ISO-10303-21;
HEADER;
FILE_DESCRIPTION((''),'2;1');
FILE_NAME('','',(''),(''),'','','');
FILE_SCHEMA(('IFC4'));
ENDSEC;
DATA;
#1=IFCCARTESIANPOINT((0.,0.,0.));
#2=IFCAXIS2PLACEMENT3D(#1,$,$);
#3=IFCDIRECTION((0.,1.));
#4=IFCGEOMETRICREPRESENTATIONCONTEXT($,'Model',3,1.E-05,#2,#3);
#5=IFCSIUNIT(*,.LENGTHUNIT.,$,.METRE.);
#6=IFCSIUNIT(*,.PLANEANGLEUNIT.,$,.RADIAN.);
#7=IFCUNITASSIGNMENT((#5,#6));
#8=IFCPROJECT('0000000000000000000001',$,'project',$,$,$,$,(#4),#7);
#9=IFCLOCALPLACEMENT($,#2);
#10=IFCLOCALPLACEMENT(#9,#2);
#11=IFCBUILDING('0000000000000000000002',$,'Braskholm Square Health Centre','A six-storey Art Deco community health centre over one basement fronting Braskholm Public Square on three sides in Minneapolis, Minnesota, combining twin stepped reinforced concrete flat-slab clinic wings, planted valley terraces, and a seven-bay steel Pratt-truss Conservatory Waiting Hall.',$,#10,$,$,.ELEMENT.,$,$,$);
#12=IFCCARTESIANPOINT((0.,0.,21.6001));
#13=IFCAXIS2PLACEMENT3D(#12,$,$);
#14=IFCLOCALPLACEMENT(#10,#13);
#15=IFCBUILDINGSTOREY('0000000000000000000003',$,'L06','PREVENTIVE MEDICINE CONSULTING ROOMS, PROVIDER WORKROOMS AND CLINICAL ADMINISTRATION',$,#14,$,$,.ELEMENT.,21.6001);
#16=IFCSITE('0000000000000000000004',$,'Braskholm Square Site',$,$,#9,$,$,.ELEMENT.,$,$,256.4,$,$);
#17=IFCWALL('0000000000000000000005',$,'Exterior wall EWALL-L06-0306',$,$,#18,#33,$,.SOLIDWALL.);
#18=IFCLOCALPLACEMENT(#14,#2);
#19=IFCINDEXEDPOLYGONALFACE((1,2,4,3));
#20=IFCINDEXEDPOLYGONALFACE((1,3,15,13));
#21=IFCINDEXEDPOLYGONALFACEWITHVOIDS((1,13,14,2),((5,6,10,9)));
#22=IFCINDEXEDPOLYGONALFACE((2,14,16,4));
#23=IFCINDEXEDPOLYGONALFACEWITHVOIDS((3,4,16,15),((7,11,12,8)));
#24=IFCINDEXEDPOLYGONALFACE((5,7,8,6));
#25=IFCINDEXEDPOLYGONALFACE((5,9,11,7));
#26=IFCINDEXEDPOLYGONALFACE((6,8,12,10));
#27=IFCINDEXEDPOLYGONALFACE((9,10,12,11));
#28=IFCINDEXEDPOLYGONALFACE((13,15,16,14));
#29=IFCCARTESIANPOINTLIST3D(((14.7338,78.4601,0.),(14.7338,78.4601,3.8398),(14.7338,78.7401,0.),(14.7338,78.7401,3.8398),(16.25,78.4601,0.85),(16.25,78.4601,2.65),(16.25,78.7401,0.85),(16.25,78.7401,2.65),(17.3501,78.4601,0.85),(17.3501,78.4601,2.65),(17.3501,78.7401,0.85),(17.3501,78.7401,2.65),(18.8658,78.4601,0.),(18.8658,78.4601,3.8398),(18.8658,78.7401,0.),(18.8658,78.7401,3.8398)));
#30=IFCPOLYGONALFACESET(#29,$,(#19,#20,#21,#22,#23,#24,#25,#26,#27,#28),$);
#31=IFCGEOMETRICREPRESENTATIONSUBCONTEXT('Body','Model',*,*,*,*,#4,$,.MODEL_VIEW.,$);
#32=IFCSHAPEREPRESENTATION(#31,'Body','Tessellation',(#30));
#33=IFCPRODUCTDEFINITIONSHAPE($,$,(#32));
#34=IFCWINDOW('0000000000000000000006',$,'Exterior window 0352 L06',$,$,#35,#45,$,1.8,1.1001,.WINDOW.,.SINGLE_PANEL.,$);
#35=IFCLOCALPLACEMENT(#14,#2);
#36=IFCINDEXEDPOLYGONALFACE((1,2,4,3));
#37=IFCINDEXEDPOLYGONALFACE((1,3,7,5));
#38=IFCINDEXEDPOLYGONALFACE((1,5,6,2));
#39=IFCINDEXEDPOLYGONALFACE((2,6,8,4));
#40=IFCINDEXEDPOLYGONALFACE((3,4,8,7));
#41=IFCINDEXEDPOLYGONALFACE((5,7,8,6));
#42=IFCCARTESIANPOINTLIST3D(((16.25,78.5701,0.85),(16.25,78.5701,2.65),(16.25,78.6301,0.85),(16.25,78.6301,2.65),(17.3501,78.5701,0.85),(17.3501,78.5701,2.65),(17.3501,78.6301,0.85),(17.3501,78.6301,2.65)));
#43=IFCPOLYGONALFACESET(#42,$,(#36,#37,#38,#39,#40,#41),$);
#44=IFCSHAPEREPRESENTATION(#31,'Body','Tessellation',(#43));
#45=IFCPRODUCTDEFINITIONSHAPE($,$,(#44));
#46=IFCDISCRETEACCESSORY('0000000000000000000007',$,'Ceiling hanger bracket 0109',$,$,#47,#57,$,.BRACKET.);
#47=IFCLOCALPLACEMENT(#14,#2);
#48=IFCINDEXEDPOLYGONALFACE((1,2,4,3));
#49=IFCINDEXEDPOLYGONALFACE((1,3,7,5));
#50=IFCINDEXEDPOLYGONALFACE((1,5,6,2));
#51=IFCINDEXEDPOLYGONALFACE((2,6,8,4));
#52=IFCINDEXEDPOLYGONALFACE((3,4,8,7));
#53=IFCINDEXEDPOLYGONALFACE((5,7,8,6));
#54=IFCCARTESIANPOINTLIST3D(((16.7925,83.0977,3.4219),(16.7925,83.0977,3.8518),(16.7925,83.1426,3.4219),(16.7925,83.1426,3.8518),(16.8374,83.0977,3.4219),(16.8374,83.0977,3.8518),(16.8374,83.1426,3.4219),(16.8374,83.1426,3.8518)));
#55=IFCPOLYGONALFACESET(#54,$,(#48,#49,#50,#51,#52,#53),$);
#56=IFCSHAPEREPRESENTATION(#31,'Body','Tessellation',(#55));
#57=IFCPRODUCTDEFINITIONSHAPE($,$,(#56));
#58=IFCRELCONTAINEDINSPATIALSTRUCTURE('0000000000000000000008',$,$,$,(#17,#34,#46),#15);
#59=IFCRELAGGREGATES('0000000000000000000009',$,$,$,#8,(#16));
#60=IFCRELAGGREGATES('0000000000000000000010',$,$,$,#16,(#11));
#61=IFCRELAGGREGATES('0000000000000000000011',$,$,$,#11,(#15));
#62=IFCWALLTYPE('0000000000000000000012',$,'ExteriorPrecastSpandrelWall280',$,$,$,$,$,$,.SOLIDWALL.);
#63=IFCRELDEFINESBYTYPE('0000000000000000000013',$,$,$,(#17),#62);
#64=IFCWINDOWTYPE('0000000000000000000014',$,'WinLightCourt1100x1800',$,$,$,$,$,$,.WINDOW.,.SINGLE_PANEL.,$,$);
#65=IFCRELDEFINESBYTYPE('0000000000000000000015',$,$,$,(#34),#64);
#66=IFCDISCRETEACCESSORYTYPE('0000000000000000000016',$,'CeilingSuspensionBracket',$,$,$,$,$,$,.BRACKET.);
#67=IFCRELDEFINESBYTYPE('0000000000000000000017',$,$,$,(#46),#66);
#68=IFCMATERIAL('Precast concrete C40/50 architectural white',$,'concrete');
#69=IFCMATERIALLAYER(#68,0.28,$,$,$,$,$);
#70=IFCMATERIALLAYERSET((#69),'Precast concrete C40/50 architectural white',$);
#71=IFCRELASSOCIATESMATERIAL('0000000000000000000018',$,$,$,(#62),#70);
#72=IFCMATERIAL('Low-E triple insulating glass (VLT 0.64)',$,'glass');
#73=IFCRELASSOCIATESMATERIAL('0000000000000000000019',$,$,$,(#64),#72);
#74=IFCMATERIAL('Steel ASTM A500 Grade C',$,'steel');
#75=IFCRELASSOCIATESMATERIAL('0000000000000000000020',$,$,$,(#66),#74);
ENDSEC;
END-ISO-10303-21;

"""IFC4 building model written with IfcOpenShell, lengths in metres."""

from ifc_helpers import new_model, si_unit, direction, frame, frame_2d, origin, origin_with_axes, origin_2d, place, context, subcontext, project, spatial, rectangle, extrude, material, layer, layer_set, type_object, element, fill, save


model = new_model("IFC4")

# Units and contexts
model_context = context("Model", 3, precision=1e-05, world=origin(), true_north=direction((0.0, 1.0)))
body_context = subcontext(model_context, "Body", "Model", "MODEL_VIEW")
ifc_project = project(units=[si_unit("LENGTHUNIT", "METRE"), si_unit("PLANEANGLEUNIT", "RADIAN")], contexts=[model_context])

# Site, building, storey
site_placement = place(None, origin())
site = spatial("IfcSite", under=ifc_project, at=site_placement, Name="Braskholm Square Site", CompositionType="ELEMENT", RefElevation=256.4)
building_placement = place(site_placement, origin())
building = spatial("IfcBuilding", under=site, at=building_placement, Name="Braskholm Square Health Centre", Description="A six-storey Art Deco community health centre over one basement fronting Braskholm Public Square on three sides in Minneapolis, Minnesota, combining twin stepped reinforced concrete flat-slab clinic wings, planted valley terraces, and a seven-bay steel Pratt-truss Conservatory Waiting Hall.", CompositionType="ELEMENT")
storey_placement = place(building_placement, frame((0.0, 0.0, 21.6001)))
storey = spatial("IfcBuildingStorey", under=building, at=storey_placement, Name="L06", Description="PREVENTIVE MEDICINE CONSULTING ROOMS, PROVIDER WORKROOMS AND CLINICAL ADMINISTRATION", CompositionType="ELEMENT", Elevation=21.6001)

# Shared definitions
ifc_material_1 = material(Name="Low-E triple insulating glass (VLT 0.64)", Category="glass")

# Wall, opening, window
ifc_material_2 = material(Name="Precast concrete C40/50 architectural white", Category="concrete")
ifc_layer_1 = layer(ifc_material_2, 0.28)
ifc_layer_set_1 = layer_set([ifc_layer_1], Name="Precast concrete C40/50 architectural white")
wall_type_1 = type_object("IfcWallType", Name="ExteriorPrecastSpandrelWall280", PredefinedType="SOLIDWALL", material=ifc_layer_set_1)
wall_1_placement = place(storey_placement, frame((14.7339, 78.6001, 0.0), z_axis=(0.0, 0.0, 1.0), x_axis=(1.0, 0.0, 0.0)))
wall_1 = element("IfcWall", 1, at=wall_1_placement, inside=storey, type_object=wall_type_1, Name="Exterior wall EWALL-L06-0306", PredefinedType="SOLIDWALL", context=body_context, shape_type="SweptSolid", body=[
    extrude(rectangle(XDim=4.1321, YDim=0.28, at=frame_2d((2.0659, 0.0))), origin(), (0.0, 0.0, 1.0), 3.8398),
])
opening_1_placement = place(wall_1_placement, frame((1.5161, 0.0, 0.8501)))
opening_1 = element("IfcOpeningElement", 2, at=opening_1_placement, cuts=wall_1, PredefinedType="OPENING", context=body_context, shape_type="SweptSolid", body=[
    extrude(rectangle(XDim=1.1001, YDim=1.8, at=frame_2d((0.55, 0.8999))), frame((0.0, 0.1499, 0.0), z_axis=(0.0, -1.0, 0.0), x_axis=(1.0, 0.0, 0.0)), (0.0, 0.0, 1.0), 0.3),
])
window_type = type_object("IfcWindowType", Name="WinLightCourt1100x1800", PartitioningType="SINGLE_PANEL", PredefinedType="WINDOW", material=ifc_material_1)
window_placement = place(opening_1_placement, origin_with_axes())
window = element("IfcWindow", 3, at=window_placement, inside=storey, type_object=window_type, Name="Exterior window 0352 L06", OverallHeight=1.8, OverallWidth=1.1001, PartitioningType="SINGLE_PANEL", PredefinedType="WINDOW", context=body_context, shape_type="SweptSolid", body=[
    extrude(rectangle(XDim=1.1001, YDim=1.8, at=frame_2d((0.55, 0.8999))), frame((0.0, 0.03, 0.0), z_axis=(0.0, -1.0, 0.0), x_axis=(1.0, 0.0, 0.0)), (0.0, 0.0, 1.0), 0.0601),
])
fill(opening_1, window)

# Discrete accessory
ifc_material_3 = material(Name="Steel ASTM A500 Grade C", Category="steel")
discrete_accessory_type = type_object("IfcDiscreteAccessoryType", Name="CeilingSuspensionBracket", PredefinedType="BRACKET", material=ifc_material_3)
discrete_accessory_placement = place(storey_placement, frame((16.8149, 83.1201, 3.4219), z_axis=(0.0, 0.0, 1.0), x_axis=(1.0, 0.0, 0.0)))
element("IfcDiscreteAccessory", 4, at=discrete_accessory_placement, inside=storey, type_object=discrete_accessory_type, Name="Ceiling hanger bracket 0109", PredefinedType="BRACKET", context=body_context, shape_type="SweptSolid", body=[
    extrude(rectangle(XDim=0.0449, YDim=0.0449, at=origin_2d()), origin(), (0.0, 0.0, 1.0), 0.4299),
])

save(model, "model.ifc")
